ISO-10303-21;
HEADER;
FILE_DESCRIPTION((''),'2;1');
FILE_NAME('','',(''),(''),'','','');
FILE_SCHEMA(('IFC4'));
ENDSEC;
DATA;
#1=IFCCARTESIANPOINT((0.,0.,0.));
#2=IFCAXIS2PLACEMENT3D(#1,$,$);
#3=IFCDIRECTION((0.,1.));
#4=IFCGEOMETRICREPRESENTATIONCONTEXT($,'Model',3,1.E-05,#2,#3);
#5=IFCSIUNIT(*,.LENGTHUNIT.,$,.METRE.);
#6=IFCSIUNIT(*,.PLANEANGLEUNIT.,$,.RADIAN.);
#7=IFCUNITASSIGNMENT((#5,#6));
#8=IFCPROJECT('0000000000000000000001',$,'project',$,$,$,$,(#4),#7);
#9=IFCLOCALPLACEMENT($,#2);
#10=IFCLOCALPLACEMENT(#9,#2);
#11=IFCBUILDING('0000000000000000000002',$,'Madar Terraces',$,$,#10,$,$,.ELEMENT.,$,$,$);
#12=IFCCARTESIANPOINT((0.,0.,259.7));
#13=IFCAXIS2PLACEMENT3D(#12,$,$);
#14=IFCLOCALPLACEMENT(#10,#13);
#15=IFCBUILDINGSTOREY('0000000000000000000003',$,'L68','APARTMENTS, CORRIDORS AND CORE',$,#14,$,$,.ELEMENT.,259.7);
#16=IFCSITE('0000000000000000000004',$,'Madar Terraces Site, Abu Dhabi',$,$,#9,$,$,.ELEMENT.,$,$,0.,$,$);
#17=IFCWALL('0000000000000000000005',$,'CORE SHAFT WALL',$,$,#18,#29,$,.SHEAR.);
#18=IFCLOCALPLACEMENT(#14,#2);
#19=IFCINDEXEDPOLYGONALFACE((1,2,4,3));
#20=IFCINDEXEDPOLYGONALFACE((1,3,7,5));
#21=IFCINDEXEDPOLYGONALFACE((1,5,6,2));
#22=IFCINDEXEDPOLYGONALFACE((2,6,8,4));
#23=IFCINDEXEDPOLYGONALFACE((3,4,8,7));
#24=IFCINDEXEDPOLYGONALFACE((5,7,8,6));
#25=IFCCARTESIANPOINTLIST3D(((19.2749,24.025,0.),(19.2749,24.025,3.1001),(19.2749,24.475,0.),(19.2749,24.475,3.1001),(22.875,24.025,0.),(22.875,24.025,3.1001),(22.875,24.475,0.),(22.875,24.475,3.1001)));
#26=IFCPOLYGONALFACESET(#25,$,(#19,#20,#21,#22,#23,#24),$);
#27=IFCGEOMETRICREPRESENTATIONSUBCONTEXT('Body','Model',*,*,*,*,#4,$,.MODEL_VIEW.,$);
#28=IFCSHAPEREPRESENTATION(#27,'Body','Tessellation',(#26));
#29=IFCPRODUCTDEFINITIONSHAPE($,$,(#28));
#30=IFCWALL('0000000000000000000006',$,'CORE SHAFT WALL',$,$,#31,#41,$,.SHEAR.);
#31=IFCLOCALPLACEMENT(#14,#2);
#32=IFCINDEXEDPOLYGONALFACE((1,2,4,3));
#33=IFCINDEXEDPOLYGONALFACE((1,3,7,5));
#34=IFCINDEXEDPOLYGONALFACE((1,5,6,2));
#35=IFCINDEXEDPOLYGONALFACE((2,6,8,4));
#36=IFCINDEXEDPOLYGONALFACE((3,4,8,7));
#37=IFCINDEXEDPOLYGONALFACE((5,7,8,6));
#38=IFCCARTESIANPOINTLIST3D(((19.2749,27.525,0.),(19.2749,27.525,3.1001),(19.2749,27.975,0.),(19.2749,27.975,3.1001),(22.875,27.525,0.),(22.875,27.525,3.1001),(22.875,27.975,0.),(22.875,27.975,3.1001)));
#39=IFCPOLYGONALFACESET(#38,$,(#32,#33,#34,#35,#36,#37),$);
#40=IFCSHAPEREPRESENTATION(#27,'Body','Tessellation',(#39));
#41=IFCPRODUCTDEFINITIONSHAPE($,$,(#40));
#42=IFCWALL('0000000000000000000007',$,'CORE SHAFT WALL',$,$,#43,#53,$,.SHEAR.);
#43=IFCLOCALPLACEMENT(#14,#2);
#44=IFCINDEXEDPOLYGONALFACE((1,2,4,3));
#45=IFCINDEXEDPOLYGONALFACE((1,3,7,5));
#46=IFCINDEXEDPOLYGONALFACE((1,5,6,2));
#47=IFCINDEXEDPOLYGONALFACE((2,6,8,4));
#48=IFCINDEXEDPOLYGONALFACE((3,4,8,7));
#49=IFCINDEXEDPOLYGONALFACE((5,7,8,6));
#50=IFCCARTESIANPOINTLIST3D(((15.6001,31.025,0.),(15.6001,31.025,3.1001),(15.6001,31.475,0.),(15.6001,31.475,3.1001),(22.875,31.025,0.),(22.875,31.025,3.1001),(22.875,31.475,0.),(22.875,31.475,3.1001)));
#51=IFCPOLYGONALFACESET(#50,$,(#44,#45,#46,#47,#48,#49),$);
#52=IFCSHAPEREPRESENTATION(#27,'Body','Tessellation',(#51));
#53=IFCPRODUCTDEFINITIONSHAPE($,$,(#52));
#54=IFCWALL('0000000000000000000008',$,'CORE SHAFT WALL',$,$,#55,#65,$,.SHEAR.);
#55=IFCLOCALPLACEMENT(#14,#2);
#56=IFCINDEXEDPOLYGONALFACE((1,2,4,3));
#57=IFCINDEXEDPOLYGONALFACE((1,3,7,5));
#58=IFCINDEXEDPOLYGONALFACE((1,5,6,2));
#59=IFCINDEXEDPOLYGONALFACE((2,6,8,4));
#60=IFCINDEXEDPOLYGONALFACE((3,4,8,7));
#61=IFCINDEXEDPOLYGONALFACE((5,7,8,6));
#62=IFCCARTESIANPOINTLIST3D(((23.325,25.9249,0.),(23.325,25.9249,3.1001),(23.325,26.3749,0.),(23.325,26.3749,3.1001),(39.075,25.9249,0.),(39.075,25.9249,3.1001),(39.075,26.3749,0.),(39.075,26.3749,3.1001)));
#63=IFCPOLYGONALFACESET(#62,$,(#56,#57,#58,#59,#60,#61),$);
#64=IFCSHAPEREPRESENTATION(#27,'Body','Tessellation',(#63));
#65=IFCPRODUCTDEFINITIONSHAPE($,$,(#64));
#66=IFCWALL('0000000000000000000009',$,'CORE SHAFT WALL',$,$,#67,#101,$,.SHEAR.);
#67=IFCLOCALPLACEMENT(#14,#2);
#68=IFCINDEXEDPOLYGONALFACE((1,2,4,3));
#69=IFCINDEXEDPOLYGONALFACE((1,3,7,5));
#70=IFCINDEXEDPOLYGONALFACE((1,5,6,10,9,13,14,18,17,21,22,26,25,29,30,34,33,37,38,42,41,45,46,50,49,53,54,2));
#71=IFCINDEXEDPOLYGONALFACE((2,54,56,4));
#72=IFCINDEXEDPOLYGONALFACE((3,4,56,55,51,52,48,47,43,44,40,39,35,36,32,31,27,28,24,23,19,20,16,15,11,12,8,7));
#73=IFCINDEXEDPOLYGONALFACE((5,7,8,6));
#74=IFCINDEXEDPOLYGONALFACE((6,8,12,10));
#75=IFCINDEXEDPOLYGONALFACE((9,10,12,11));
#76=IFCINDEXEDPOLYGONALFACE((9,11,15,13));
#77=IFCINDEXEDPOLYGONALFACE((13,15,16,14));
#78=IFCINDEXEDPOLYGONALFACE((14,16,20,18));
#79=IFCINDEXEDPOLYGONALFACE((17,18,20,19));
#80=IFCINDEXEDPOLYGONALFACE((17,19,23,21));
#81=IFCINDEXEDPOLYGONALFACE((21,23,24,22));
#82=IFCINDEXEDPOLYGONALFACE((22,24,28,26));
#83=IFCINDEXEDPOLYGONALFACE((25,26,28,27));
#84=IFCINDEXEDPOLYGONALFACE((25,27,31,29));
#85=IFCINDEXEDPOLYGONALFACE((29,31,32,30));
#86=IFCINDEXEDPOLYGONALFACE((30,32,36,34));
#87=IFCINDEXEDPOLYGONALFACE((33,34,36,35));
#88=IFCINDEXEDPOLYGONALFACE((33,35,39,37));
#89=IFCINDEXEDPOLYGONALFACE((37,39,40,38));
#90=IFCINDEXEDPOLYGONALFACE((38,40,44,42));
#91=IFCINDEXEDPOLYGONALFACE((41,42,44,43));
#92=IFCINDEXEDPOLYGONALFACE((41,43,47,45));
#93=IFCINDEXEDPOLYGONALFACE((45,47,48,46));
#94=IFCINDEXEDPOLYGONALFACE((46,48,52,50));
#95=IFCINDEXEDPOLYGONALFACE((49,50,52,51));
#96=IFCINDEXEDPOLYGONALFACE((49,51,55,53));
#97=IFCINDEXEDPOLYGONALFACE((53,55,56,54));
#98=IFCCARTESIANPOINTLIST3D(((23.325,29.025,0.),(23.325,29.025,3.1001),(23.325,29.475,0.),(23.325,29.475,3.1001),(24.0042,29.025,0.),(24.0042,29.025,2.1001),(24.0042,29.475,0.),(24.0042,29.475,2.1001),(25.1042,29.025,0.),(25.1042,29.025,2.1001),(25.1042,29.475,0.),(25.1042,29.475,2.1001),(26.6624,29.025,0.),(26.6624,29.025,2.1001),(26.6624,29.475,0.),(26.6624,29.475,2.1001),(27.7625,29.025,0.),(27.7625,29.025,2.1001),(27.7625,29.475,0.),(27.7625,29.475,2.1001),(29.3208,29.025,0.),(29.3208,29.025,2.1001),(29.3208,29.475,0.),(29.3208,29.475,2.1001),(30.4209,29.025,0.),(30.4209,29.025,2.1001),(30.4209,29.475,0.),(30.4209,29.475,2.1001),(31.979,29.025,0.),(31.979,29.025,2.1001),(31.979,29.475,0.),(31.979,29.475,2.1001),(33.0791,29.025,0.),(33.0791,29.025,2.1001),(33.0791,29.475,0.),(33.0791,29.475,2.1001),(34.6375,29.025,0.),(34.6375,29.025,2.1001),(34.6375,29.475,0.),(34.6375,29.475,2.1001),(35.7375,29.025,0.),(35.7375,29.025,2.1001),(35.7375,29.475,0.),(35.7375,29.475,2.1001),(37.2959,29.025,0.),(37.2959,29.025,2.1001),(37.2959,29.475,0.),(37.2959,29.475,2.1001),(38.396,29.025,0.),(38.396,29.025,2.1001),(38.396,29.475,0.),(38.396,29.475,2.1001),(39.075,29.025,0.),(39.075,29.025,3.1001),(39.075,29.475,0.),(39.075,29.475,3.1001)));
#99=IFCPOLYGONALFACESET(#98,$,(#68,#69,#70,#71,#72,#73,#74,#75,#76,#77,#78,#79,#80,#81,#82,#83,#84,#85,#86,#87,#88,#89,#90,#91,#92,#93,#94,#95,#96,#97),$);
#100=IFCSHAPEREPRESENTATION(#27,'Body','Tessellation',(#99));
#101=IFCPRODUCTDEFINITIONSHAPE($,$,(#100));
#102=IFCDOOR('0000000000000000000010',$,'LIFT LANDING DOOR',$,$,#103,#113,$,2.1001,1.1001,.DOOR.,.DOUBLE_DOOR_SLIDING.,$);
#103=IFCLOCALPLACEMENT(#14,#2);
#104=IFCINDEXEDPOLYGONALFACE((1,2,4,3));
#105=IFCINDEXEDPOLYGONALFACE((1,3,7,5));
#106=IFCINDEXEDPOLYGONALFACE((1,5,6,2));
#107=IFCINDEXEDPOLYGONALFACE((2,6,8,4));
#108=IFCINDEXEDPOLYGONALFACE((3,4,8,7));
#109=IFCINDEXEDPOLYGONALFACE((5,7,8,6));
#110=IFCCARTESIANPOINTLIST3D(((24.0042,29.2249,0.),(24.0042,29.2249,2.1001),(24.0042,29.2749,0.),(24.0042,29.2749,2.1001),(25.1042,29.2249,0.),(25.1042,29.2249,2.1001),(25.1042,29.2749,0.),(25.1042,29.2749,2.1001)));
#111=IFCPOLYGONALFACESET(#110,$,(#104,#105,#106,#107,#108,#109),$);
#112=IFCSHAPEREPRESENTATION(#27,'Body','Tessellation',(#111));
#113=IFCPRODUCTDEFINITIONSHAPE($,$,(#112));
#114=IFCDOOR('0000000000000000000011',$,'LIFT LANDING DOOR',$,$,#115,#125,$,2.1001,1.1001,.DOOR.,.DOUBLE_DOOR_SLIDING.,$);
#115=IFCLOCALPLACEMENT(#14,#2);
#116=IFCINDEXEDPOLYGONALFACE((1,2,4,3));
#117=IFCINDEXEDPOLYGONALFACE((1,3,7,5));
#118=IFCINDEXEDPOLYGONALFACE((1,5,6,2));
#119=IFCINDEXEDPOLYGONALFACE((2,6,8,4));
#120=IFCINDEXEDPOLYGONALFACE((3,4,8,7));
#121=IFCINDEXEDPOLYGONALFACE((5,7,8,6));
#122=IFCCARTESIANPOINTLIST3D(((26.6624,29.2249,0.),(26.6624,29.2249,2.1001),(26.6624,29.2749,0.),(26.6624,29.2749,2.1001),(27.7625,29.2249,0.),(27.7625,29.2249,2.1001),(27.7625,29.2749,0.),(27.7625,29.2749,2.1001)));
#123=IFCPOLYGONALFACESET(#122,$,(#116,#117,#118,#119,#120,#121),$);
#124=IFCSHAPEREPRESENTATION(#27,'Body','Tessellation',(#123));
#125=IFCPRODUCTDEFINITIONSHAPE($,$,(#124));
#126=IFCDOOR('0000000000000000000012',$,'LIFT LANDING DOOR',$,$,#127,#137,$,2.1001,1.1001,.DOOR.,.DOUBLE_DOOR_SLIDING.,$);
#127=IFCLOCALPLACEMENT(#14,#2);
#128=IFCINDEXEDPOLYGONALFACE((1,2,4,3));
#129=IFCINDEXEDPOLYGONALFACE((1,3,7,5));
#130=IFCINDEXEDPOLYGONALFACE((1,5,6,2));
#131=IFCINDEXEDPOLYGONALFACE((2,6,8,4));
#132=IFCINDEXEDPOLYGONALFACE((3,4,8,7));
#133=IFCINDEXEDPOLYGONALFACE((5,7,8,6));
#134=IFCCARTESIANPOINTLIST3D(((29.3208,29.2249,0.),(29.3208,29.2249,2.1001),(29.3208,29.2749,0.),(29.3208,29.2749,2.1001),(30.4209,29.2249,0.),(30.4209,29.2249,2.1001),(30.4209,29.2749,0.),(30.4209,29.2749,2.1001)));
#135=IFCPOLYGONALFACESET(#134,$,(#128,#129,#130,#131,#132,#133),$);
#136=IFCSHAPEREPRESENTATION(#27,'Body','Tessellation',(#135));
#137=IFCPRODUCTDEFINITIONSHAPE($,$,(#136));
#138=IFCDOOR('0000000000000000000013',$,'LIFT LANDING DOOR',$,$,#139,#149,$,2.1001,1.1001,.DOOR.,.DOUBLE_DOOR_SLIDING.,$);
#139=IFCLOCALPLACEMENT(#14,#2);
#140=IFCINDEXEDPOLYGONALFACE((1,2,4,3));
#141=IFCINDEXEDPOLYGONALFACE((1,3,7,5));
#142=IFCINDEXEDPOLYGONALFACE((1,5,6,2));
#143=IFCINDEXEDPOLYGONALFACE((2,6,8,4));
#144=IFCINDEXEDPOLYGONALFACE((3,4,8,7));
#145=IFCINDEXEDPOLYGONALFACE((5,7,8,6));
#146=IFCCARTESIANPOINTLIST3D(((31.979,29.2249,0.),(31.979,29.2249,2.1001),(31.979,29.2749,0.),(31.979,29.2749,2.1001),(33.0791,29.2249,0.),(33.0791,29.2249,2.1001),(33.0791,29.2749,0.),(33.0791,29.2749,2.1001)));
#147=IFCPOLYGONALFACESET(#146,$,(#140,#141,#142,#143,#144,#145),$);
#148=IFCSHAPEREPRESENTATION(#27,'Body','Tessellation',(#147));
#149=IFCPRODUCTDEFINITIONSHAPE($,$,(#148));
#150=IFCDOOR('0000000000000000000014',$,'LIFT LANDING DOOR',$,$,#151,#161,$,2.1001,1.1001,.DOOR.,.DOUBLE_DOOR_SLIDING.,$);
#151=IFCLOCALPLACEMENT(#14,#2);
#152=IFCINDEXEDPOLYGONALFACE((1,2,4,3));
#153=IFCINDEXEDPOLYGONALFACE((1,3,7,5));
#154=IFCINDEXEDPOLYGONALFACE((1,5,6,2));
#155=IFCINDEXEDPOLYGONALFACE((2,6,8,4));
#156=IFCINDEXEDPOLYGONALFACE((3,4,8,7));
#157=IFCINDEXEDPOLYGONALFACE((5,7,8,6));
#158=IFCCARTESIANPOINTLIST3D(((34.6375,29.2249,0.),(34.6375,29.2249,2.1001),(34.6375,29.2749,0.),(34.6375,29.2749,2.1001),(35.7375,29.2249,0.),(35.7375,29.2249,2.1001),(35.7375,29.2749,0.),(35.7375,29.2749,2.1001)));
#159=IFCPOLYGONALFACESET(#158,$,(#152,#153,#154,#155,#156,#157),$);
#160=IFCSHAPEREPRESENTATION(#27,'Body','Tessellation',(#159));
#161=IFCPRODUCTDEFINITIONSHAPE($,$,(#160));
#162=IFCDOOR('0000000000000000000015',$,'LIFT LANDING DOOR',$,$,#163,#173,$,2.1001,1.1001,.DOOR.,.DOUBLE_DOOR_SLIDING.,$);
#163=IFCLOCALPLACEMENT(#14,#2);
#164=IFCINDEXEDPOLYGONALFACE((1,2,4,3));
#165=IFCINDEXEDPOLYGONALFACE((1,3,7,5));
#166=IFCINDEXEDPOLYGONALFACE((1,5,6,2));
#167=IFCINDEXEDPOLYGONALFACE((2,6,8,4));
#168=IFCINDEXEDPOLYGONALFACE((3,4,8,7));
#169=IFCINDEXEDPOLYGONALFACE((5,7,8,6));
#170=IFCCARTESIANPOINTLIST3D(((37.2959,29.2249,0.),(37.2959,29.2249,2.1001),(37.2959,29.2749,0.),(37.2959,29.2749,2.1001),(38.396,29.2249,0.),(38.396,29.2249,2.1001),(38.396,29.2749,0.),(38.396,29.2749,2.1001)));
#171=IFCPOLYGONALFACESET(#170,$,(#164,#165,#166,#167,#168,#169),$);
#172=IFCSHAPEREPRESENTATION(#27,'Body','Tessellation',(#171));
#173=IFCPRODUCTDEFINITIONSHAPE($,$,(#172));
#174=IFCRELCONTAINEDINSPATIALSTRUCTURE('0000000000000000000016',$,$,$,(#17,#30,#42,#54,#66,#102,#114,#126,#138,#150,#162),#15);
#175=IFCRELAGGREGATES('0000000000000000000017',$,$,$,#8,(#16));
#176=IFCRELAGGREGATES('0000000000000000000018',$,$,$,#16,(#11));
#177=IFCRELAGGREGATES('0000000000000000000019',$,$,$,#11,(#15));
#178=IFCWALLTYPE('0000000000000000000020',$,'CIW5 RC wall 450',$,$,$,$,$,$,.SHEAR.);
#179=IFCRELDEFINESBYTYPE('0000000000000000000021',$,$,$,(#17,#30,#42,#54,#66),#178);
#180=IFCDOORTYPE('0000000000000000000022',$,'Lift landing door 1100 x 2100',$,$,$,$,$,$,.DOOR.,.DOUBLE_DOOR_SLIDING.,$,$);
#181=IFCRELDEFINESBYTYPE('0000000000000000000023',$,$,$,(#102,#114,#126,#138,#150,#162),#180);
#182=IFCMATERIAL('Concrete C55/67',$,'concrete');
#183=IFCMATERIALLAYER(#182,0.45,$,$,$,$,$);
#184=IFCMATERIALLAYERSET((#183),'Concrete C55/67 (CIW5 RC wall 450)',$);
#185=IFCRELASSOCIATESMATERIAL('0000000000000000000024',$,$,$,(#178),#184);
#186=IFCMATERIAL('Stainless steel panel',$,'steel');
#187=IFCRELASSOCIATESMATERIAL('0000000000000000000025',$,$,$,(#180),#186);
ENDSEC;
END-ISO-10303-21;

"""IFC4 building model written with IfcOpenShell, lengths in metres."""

from ifc_helpers import new_model, si_unit, direction, frame, frame_2d, origin, place, context, subcontext, project, spatial, rectangle, extrude, material, layer, layer_set, type_object, element, fill, save


model = new_model("IFC4")

# Units and contexts
model_context = context("Model", 3, precision=1e-05, world=origin(), true_north=direction((0.0, 1.0)))
body_context = subcontext(model_context, "Body", "Model", "MODEL_VIEW")
ifc_project = project(units=[si_unit("LENGTHUNIT", "METRE"), si_unit("PLANEANGLEUNIT", "RADIAN")], contexts=[model_context])

# Site, building, storey
site_placement = place(None, origin())
site = spatial("IfcSite", under=ifc_project, at=site_placement, Name="Madar Terraces Site, Abu Dhabi", CompositionType="ELEMENT", RefElevation=0.0)
building_placement = place(site_placement, origin())
building = spatial("IfcBuilding", under=site, at=building_placement, Name="Madar Terraces", CompositionType="ELEMENT")
storey_placement = place(building_placement, frame((0.0, 0.0, 259.7)))
storey = spatial("IfcBuildingStorey", under=building, at=storey_placement, Name="L68", Description="APARTMENTS, CORRIDORS AND CORE", CompositionType="ELEMENT", Elevation=259.7)

# Walls
ifc_material_1 = material(Name="Concrete C55/67", Category="concrete")
ifc_layer_1 = layer(ifc_material_1, 0.45)
ifc_layer_set_1 = layer_set([ifc_layer_1], Name="Concrete C55/67 (CIW5 RC wall 450)")
wall_type_1 = type_object("IfcWallType", Name="CIW5 RC wall 450", PredefinedType="SHEAR", material=ifc_layer_set_1)
for number, where, z_axis, x_axis, name in (
    (1, (19.2749, 24.25, 0.0), (0.0, 0.0, 1.0), (1.0, 0.0, 0.0), "CORE SHAFT WALL"),
    (2, (19.2749, 27.75, 0.0), (0.0, 0.0, 1.0), (1.0, 0.0, 0.0), "CORE SHAFT WALL"),
):
    element("IfcWall", number, at=place(storey_placement, frame(where, z_axis=z_axis, x_axis=x_axis)), inside=storey, type_object=wall_type_1, Name=name, PredefinedType="SHEAR", context=body_context, shape_type="SweptSolid", body=[
        extrude(rectangle(XDim=3.6001, YDim=0.45, at=frame_2d((1.8, 0.0))), origin(), (0.0, 0.0, 1.0), 3.1001),
    ])
wall_1_placement = place(storey_placement, frame((15.6001, 31.25, 0.0), z_axis=(0.0, 0.0, 1.0), x_axis=(1.0, 0.0, 0.0)))
element("IfcWall", 3, at=wall_1_placement, inside=storey, type_object=wall_type_1, Name="CORE SHAFT WALL", PredefinedType="SHEAR", context=body_context, shape_type="SweptSolid", body=[
    extrude(rectangle(XDim=7.2749, YDim=0.45, at=frame_2d((3.6375, 0.0))), origin(), (0.0, 0.0, 1.0), 3.1001),
])
wall_2_placement = place(storey_placement, frame((23.325, 26.1499, 0.0), z_axis=(0.0, 0.0, 1.0), x_axis=(1.0, 0.0, 0.0)))
element("IfcWall", 4, at=wall_2_placement, inside=storey, type_object=wall_type_1, Name="CORE SHAFT WALL", PredefinedType="SHEAR", context=body_context, shape_type="SweptSolid", body=[
    extrude(rectangle(XDim=15.75, YDim=0.45, at=frame_2d((7.875, 0.0))), origin(), (0.0, 0.0, 1.0), 3.1001),
])

# Wall, openings, doors
wall_3_placement = place(storey_placement, frame((23.325, 29.25, 0.0), z_axis=(0.0, 0.0, 1.0), x_axis=(1.0, 0.0, 0.0)))
wall_3 = element("IfcWall", 5, at=wall_3_placement, inside=storey, type_object=wall_type_1, Name="CORE SHAFT WALL", PredefinedType="SHEAR", context=body_context, shape_type="SweptSolid", body=[
    extrude(rectangle(XDim=15.75, YDim=0.45, at=frame_2d((7.875, 0.0))), origin(), (0.0, 0.0, 1.0), 3.1001),
])
opening_1_placement = place(wall_3_placement, frame((0.6792, 0.0, 0.0)))
opening_1 = element("IfcOpeningElement", 6, at=opening_1_placement, cuts=wall_3, PredefinedType="OPENING", context=body_context, shape_type="SweptSolid", body=[
    extrude(rectangle(XDim=1.1001, YDim=2.1001, at=frame_2d((0.55, 1.05))), frame((0.0, 0.2349, 0.0), z_axis=(0.0, -1.0, 0.0), x_axis=(1.0, 0.0, 0.0)), (0.0, 0.0, 1.0), 0.47),
])
opening_2_placement = place(wall_3_placement, frame((3.3374, 0.0, 0.0)))
opening_2 = element("IfcOpeningElement", 7, at=opening_2_placement, cuts=wall_3, PredefinedType="OPENING", context=body_context, shape_type="SweptSolid", body=[
    extrude(rectangle(XDim=1.1001, YDim=2.1001, at=frame_2d((0.55, 1.05))), frame((0.0, 0.2349, 0.0), z_axis=(0.0, -1.0, 0.0), x_axis=(1.0, 0.0, 0.0)), (0.0, 0.0, 1.0), 0.47),
])
opening_3_placement = place(wall_3_placement, frame((5.9958, 0.0, 0.0)))
opening_3 = element("IfcOpeningElement", 8, at=opening_3_placement, cuts=wall_3, PredefinedType="OPENING", context=body_context, shape_type="SweptSolid", body=[
    extrude(rectangle(XDim=1.1001, YDim=2.1001, at=frame_2d((0.55, 1.05))), frame((0.0, 0.2349, 0.0), z_axis=(0.0, -1.0, 0.0), x_axis=(1.0, 0.0, 0.0)), (0.0, 0.0, 1.0), 0.47),
])
opening_4_placement = place(wall_3_placement, frame((8.6541, 0.0, 0.0)))
opening_4 = element("IfcOpeningElement", 9, at=opening_4_placement, cuts=wall_3, PredefinedType="OPENING", context=body_context, shape_type="SweptSolid", body=[
    extrude(rectangle(XDim=1.1001, YDim=2.1001, at=frame_2d((0.55, 1.05))), frame((0.0, 0.2349, 0.0), z_axis=(0.0, -1.0, 0.0), x_axis=(1.0, 0.0, 0.0)), (0.0, 0.0, 1.0), 0.47),
])
opening_5_placement = place(wall_3_placement, frame((11.3125, 0.0, 0.0)))
opening_5 = element("IfcOpeningElement", 10, at=opening_5_placement, cuts=wall_3, PredefinedType="OPENING", context=body_context, shape_type="SweptSolid", body=[
    extrude(rectangle(XDim=1.1001, YDim=2.1001, at=frame_2d((0.55, 1.05))), frame((0.0, 0.2349, 0.0), z_axis=(0.0, -1.0, 0.0), x_axis=(1.0, 0.0, 0.0)), (0.0, 0.0, 1.0), 0.47),
])
opening_6_placement = place(wall_3_placement, frame((13.9709, 0.0, 0.0)))
opening_6 = element("IfcOpeningElement", 11, at=opening_6_placement, cuts=wall_3, PredefinedType="OPENING", context=body_context, shape_type="SweptSolid", body=[
    extrude(rectangle(XDim=1.1001, YDim=2.1001, at=frame_2d((0.55, 1.05))), frame((0.0, 0.2349, 0.0), z_axis=(0.0, -1.0, 0.0), x_axis=(1.0, 0.0, 0.0)), (0.0, 0.0, 1.0), 0.47),
])
ifc_material_2 = material(Name="Stainless steel panel", Category="steel")
door_type = type_object("IfcDoorType", Name="Lift landing door 1100 x 2100", OperationType="DOUBLE_DOOR_SLIDING", PredefinedType="DOOR", material=ifc_material_2)
door_1_placement = place(opening_1_placement, origin())
door_1 = element("IfcDoor", 12, at=door_1_placement, inside=storey, type_object=door_type, Name="LIFT LANDING DOOR", OperationType="DOUBLE_DOOR_SLIDING", OverallHeight=2.1001, OverallWidth=1.1001, PredefinedType="DOOR", context=body_context, shape_type="SweptSolid", body=[
    extrude(rectangle(XDim=1.1001, YDim=2.1001, at=frame_2d((0.55, 1.05))), frame((0.0, 0.0249, 0.0), z_axis=(0.0, -1.0, 0.0), x_axis=(1.0, 0.0, 0.0)), (0.0, 0.0, 1.0), 0.05),
])
fill(opening_1, door_1)
door_2_placement = place(opening_2_placement, origin())
door_2 = element("IfcDoor", 13, at=door_2_placement, inside=storey, type_object=door_type, Name="LIFT LANDING DOOR", OperationType="DOUBLE_DOOR_SLIDING", OverallHeight=2.1001, OverallWidth=1.1001, PredefinedType="DOOR", context=body_context, shape_type="SweptSolid", body=[
    extrude(rectangle(XDim=1.1001, YDim=2.1001, at=frame_2d((0.55, 1.05))), frame((0.0, 0.0249, 0.0), z_axis=(0.0, -1.0, 0.0), x_axis=(1.0, 0.0, 0.0)), (0.0, 0.0, 1.0), 0.05),
])
fill(opening_2, door_2)
door_3_placement = place(opening_3_placement, origin())
door_3 = element("IfcDoor", 14, at=door_3_placement, inside=storey, type_object=door_type, Name="LIFT LANDING DOOR", OperationType="DOUBLE_DOOR_SLIDING", OverallHeight=2.1001, OverallWidth=1.1001, PredefinedType="DOOR", context=body_context, shape_type="SweptSolid", body=[
    extrude(rectangle(XDim=1.1001, YDim=2.1001, at=frame_2d((0.55, 1.05))), frame((0.0, 0.0249, 0.0), z_axis=(0.0, -1.0, 0.0), x_axis=(1.0, 0.0, 0.0)), (0.0, 0.0, 1.0), 0.05),
])
fill(opening_3, door_3)
door_4_placement = place(opening_4_placement, origin())
door_4 = element("IfcDoor", 15, at=door_4_placement, inside=storey, type_object=door_type, Name="LIFT LANDING DOOR", OperationType="DOUBLE_DOOR_SLIDING", OverallHeight=2.1001, OverallWidth=1.1001, PredefinedType="DOOR", context=body_context, shape_type="SweptSolid", body=[
    extrude(rectangle(XDim=1.1001, YDim=2.1001, at=frame_2d((0.55, 1.05))), frame((0.0, 0.0249, 0.0), z_axis=(0.0, -1.0, 0.0), x_axis=(1.0, 0.0, 0.0)), (0.0, 0.0, 1.0), 0.05),
])
fill(opening_4, door_4)
door_5_placement = place(opening_5_placement, origin())
door_5 = element("IfcDoor", 16, at=door_5_placement, inside=storey, type_object=door_type, Name="LIFT LANDING DOOR", OperationType="DOUBLE_DOOR_SLIDING", OverallHeight=2.1001, OverallWidth=1.1001, PredefinedType="DOOR", context=body_context, shape_type="SweptSolid", body=[
    extrude(rectangle(XDim=1.1001, YDim=2.1001, at=frame_2d((0.55, 1.05))), frame((0.0, 0.0249, 0.0), z_axis=(0.0, -1.0, 0.0), x_axis=(1.0, 0.0, 0.0)), (0.0, 0.0, 1.0), 0.05),
])
fill(opening_5, door_5)
door_6_placement = place(opening_6_placement, origin())
door_6 = element("IfcDoor", 17, at=door_6_placement, inside=storey, type_object=door_type, Name="LIFT LANDING DOOR", OperationType="DOUBLE_DOOR_SLIDING", OverallHeight=2.1001, OverallWidth=1.1001, PredefinedType="DOOR", context=body_context, shape_type="SweptSolid", body=[
    extrude(rectangle(XDim=1.1001, YDim=2.1001, at=frame_2d((0.55, 1.05))), frame((0.0, 0.0249, 0.0), z_axis=(0.0, -1.0, 0.0), x_axis=(1.0, 0.0, 0.0)), (0.0, 0.0, 1.0), 0.05),
])
fill(opening_6, door_6)

save(model, "model.ifc")
